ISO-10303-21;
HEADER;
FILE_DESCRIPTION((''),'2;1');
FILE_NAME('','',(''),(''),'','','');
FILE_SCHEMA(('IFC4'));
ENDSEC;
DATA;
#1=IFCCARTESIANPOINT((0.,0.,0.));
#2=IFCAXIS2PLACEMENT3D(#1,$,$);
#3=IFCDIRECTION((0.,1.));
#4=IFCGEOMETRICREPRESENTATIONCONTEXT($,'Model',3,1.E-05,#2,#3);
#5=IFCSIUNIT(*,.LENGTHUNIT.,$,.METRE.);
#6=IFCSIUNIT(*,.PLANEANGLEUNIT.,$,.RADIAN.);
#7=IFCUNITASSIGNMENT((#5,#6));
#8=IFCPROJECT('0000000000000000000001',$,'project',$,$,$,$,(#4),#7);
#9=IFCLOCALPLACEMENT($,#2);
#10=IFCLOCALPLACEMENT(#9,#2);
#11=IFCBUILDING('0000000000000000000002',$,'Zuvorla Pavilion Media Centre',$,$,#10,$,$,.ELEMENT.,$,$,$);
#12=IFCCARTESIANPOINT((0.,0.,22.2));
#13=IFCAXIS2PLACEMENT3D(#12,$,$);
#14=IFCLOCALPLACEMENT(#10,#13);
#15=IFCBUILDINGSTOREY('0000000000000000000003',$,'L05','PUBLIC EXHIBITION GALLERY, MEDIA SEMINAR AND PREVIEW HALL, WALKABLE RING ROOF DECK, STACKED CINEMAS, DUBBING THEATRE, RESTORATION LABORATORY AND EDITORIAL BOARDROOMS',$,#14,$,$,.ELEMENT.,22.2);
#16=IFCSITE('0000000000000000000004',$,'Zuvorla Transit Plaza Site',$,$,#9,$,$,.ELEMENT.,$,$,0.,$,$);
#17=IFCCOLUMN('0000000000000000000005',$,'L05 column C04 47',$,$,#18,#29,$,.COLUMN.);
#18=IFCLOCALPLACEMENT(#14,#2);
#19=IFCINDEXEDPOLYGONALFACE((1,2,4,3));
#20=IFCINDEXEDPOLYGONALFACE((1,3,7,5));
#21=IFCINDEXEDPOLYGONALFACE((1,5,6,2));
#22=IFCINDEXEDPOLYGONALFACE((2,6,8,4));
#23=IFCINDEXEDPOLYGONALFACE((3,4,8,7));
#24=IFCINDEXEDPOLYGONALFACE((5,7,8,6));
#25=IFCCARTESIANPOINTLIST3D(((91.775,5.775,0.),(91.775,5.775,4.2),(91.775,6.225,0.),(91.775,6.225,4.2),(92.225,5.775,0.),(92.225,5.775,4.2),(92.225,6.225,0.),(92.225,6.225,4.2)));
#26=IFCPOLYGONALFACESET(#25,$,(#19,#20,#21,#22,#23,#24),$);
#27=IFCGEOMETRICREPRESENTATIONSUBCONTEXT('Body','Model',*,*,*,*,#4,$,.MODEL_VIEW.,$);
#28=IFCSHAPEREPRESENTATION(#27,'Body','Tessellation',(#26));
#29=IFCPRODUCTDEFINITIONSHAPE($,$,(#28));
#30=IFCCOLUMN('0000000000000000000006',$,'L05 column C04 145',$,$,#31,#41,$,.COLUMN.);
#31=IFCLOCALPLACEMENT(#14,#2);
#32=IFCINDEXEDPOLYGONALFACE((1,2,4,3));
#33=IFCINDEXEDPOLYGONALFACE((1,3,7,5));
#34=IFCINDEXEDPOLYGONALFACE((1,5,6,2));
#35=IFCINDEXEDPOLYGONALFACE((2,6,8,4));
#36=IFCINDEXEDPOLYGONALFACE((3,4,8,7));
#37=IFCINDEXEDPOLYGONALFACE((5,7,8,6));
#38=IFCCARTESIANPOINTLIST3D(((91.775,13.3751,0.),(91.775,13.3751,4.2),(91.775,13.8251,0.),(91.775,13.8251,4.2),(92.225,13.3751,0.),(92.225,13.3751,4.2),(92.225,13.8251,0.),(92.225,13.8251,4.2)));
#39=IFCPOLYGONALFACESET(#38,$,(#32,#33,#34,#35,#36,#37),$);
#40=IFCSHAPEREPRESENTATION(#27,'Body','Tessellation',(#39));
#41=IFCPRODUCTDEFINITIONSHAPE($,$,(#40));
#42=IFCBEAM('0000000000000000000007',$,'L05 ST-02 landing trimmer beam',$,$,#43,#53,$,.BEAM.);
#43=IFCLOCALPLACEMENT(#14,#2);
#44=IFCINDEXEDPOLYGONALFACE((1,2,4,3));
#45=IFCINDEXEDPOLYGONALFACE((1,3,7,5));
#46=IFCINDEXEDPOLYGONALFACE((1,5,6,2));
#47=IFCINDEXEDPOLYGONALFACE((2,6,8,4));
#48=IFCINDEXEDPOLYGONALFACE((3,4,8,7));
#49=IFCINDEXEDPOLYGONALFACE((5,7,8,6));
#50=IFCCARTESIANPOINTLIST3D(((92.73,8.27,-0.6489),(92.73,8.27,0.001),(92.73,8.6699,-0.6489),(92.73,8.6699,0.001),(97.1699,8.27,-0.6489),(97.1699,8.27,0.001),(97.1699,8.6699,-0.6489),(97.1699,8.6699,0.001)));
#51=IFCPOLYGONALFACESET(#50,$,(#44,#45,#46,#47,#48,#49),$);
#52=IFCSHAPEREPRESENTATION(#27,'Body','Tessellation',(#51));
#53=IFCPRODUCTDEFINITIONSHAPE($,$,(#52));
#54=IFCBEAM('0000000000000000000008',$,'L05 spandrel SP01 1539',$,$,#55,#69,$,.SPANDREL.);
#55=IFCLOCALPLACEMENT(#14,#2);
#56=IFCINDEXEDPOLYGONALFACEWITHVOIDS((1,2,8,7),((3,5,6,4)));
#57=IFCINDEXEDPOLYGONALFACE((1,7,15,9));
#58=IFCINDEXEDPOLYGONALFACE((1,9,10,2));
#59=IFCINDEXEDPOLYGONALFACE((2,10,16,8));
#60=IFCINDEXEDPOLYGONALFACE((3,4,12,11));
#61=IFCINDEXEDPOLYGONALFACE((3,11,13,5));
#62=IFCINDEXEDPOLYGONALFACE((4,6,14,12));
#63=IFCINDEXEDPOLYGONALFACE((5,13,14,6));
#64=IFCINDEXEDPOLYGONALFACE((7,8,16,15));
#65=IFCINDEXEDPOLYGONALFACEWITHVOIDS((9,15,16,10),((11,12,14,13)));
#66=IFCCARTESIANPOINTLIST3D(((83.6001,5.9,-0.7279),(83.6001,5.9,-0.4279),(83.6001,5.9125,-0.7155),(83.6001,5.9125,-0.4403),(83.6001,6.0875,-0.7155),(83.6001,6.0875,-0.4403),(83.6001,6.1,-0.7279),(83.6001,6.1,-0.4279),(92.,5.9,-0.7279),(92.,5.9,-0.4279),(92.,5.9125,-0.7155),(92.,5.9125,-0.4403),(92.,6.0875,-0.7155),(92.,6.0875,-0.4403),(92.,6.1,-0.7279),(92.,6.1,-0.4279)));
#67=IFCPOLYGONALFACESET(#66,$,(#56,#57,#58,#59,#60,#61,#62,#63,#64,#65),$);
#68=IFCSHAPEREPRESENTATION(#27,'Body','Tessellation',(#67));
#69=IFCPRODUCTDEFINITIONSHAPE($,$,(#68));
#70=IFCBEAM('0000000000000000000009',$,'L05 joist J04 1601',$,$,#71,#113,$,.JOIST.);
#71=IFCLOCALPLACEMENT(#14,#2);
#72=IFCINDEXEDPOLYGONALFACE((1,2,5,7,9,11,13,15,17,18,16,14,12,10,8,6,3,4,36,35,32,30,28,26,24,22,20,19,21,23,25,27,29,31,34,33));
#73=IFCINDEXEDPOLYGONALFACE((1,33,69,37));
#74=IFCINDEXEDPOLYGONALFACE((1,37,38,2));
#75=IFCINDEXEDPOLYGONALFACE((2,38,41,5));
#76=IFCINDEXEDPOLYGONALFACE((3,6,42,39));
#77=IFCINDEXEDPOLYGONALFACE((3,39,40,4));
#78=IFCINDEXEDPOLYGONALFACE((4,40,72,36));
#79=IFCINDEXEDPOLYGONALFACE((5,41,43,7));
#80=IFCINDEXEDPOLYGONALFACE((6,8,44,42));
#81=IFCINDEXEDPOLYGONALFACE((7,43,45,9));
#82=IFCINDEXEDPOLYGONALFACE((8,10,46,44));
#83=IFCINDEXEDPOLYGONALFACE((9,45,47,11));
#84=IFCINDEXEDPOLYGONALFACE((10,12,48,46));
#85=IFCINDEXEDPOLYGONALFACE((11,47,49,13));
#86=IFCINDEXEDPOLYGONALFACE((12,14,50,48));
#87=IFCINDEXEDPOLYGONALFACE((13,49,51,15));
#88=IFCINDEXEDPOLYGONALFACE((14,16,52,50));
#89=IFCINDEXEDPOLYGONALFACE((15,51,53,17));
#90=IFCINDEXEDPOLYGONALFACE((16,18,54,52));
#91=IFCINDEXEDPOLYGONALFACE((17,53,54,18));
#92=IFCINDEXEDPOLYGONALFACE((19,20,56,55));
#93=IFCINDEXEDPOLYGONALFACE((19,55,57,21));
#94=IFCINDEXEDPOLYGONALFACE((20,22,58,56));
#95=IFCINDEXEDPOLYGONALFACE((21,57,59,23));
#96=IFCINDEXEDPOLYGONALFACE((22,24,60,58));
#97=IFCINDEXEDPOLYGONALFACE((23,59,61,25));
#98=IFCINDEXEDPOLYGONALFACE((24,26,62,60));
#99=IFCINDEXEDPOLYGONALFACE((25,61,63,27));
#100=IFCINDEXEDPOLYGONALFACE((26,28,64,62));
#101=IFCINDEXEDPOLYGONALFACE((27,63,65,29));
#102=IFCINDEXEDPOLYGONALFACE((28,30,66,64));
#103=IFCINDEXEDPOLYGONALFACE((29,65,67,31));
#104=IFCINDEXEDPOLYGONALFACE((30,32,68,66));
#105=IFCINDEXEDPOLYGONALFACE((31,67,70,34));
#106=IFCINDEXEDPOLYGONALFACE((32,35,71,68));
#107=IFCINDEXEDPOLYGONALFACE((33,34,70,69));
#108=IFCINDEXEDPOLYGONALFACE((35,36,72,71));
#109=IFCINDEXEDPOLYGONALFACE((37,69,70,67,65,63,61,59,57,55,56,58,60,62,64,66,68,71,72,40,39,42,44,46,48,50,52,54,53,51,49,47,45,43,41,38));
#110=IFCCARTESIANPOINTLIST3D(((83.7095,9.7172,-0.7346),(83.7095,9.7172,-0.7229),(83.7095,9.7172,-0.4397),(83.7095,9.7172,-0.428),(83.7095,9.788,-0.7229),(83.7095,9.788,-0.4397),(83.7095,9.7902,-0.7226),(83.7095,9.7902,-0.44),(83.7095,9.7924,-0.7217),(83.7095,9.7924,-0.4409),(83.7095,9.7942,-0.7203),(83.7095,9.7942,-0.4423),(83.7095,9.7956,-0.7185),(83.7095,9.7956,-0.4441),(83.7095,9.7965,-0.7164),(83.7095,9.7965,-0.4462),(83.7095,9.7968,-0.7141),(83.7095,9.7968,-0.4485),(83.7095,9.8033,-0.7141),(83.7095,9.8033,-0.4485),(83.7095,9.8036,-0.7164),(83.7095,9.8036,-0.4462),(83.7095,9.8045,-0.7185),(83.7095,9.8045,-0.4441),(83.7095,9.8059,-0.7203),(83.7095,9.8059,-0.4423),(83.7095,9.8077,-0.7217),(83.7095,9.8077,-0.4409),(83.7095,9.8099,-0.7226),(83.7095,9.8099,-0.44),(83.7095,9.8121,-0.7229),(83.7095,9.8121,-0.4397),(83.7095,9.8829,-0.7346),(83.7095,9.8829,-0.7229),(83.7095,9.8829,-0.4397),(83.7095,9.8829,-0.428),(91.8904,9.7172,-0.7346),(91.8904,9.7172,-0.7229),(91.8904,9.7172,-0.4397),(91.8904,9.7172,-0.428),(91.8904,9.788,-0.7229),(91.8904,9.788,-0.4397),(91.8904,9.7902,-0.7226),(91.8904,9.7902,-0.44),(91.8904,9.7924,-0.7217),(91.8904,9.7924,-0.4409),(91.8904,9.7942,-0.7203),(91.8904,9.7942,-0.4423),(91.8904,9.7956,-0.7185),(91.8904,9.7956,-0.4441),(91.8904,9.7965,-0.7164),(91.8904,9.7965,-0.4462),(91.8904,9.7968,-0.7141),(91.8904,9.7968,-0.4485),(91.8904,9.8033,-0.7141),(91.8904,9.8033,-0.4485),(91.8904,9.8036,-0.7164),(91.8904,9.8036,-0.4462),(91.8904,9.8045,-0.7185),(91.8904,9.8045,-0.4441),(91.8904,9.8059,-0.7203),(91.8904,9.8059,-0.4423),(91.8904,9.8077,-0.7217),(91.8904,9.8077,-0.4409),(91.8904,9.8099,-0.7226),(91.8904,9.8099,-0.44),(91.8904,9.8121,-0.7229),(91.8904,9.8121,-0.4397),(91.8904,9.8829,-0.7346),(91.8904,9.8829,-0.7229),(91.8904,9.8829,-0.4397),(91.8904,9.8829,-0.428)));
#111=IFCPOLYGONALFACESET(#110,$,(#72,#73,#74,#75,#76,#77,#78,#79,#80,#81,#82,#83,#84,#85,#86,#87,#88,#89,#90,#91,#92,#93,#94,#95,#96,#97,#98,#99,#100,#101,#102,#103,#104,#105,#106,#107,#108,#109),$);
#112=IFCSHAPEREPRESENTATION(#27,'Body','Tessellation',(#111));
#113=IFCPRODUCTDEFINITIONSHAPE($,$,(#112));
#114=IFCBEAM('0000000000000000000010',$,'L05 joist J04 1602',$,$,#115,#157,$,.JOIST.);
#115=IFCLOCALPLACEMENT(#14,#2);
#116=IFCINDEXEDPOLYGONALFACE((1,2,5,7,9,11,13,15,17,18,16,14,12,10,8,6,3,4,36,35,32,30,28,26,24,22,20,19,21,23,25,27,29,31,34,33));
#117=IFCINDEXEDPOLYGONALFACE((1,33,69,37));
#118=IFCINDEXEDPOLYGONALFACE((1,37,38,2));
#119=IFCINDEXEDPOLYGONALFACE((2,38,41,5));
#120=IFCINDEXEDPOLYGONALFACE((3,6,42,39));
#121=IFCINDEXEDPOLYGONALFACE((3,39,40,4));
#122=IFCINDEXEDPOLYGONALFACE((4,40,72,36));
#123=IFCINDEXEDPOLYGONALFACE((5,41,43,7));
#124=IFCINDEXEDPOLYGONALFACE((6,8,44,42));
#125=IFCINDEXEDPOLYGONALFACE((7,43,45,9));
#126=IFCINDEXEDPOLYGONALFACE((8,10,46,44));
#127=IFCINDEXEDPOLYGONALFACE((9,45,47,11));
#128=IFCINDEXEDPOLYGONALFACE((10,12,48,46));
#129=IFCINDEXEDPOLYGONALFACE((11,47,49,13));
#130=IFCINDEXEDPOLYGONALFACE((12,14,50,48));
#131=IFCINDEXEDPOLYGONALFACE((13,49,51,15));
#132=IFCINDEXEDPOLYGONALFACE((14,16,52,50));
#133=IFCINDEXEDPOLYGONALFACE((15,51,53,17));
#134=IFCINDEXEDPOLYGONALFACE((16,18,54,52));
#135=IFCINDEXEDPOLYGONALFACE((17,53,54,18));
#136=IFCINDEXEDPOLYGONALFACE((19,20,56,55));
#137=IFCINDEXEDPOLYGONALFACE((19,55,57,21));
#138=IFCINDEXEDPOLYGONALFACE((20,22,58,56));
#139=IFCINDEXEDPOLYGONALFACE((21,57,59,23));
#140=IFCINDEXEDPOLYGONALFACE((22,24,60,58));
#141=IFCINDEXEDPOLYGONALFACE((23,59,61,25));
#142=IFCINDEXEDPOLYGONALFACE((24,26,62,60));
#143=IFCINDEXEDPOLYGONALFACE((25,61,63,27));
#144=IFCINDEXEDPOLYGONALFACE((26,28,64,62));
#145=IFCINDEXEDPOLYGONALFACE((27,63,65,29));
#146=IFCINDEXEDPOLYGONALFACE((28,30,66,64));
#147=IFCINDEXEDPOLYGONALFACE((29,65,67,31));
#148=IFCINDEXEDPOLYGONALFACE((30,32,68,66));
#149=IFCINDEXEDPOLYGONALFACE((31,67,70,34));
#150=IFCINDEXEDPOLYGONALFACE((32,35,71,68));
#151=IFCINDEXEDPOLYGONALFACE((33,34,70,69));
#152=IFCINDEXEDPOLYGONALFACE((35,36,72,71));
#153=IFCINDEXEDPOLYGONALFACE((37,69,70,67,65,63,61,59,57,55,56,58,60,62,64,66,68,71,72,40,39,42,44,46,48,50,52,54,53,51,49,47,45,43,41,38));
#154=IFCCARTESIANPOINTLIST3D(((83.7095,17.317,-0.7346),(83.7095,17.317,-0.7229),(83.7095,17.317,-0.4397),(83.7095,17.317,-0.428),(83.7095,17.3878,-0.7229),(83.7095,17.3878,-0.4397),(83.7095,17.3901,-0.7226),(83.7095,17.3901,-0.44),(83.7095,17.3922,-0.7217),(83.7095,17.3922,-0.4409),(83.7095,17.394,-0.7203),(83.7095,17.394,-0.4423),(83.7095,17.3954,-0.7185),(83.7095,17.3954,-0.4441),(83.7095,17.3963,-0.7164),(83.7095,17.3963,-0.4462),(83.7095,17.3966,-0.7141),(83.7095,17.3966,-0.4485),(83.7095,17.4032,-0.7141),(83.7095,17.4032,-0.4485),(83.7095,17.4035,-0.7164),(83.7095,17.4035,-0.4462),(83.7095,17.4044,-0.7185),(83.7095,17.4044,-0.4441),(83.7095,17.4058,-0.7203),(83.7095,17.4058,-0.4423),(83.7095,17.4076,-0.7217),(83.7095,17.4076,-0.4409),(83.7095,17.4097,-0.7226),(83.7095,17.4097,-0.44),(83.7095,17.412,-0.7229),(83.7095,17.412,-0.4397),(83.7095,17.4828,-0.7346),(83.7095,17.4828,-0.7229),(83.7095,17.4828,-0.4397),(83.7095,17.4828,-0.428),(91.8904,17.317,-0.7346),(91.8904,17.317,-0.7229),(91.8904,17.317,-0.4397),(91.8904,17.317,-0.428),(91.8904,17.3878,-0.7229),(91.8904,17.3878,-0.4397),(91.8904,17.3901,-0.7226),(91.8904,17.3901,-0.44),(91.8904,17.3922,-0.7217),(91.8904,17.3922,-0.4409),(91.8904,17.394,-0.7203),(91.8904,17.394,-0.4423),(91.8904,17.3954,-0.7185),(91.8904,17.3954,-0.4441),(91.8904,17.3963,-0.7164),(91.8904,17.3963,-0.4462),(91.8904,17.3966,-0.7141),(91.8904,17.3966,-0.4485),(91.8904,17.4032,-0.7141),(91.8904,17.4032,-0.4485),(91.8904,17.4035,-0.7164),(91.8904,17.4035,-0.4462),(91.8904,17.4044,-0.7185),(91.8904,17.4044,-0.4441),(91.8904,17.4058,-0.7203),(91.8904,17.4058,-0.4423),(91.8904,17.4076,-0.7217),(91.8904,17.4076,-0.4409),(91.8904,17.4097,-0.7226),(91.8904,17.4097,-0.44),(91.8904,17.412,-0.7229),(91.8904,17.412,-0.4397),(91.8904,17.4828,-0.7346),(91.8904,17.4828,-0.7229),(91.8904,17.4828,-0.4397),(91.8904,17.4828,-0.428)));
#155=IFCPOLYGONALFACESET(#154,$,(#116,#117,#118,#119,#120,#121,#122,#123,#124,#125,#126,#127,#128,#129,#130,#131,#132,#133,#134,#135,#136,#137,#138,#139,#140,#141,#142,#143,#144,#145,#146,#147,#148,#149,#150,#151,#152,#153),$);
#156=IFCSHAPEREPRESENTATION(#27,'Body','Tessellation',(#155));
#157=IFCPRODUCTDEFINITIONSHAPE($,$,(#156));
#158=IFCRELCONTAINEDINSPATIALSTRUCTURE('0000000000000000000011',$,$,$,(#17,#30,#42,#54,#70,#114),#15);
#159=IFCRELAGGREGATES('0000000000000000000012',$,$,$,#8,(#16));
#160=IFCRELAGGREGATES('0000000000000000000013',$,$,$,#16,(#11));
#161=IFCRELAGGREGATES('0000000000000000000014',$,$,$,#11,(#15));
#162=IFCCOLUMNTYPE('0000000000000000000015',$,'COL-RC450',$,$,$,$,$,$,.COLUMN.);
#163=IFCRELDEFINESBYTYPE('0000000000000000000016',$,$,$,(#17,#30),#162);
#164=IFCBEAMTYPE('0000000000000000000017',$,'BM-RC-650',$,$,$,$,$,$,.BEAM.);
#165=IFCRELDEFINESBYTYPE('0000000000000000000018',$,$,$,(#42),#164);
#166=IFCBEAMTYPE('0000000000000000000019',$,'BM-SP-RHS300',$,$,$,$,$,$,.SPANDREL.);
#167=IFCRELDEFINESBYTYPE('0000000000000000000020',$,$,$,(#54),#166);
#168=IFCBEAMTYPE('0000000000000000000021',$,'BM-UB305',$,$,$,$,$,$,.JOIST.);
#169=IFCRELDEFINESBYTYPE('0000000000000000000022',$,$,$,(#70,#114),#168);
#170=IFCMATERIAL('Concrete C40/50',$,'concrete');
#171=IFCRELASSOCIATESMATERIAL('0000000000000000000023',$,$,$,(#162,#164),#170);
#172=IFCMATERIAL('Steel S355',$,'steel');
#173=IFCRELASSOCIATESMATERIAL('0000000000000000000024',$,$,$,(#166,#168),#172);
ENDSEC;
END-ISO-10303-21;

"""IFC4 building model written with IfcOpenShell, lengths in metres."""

from ifc_helpers import new_model, si_unit, direction, frame, origin, origin_2d, place, context, subcontext, project, spatial, rectangle, hollow_rectangle, i_section, extrude, material, material_profile, profile_set, type_object, element, save


model = new_model("IFC4")

# Units and contexts
model_context = context("Model", 3, precision=1e-05, world=origin(), true_north=direction((0.0, 1.0)))
body_context = subcontext(model_context, "Body", "Model", "MODEL_VIEW")
ifc_project = project(units=[si_unit("LENGTHUNIT", "METRE"), si_unit("PLANEANGLEUNIT", "RADIAN")], contexts=[model_context])

# Site, building, storey
site_placement = place(None, origin())
site = spatial("IfcSite", under=ifc_project, at=site_placement, Name="Zuvorla Transit Plaza Site", CompositionType="ELEMENT", RefElevation=0.0)
building_placement = place(site_placement, origin())
building = spatial("IfcBuilding", under=site, at=building_placement, Name="Zuvorla Pavilion Media Centre", CompositionType="ELEMENT")
storey_placement = place(building_placement, frame((0.0, 0.0, 22.2)))
storey = spatial("IfcBuildingStorey", under=building, at=storey_placement, Name="L05", Description="PUBLIC EXHIBITION GALLERY, MEDIA SEMINAR AND PREVIEW HALL, WALKABLE RING ROOF DECK, STACKED CINEMAS, DUBBING THEATRE, RESTORATION LABORATORY AND EDITORIAL BOARDROOMS", CompositionType="ELEMENT", Elevation=22.2)

# Columns
ifc_material_1 = material(Name="Concrete C40/50", Category="concrete")
ifc_material_profile_1 = material_profile(ifc_material_1, rectangle(XDim=0.45, YDim=0.45, at=origin_2d()), Name="RC 450x450")
ifc_profile_set_1 = profile_set([ifc_material_profile_1], Name="Concrete C40/50")
column_type = type_object("IfcColumnType", Name="COL-RC450", PredefinedType="COLUMN", material=ifc_profile_set_1)
for number, where, z_axis, x_axis, name in (
    (1, (92.0, 6.0, 0.0), (0.0, 0.0, 1.0), (1.0, 0.0, 0.0), "L05 column C04 47"),
    (2, (92.0, 13.6001, 0.0), (0.0, 0.0, 1.0), (1.0, 0.0, 0.0), "L05 column C04 145"),
):
    element("IfcColumn", number, at=place(storey_placement, frame(where, z_axis=z_axis, x_axis=x_axis)), inside=storey, type_object=column_type, Name=name, PredefinedType="COLUMN", context=body_context, shape_type="SweptSolid", body=[
        extrude(rectangle(XDim=0.45, YDim=0.45, at=origin_2d()), origin(), (0.0, 0.0, 1.0), 4.2),
    ])

# Beams
ifc_material_profile_2 = material_profile(ifc_material_1, rectangle(XDim=0.3999, YDim=0.6499, at=origin_2d()), Name="RC 400x650")
ifc_profile_set_2 = profile_set([ifc_material_profile_2], Name="Concrete C40/50")
beam_type_1 = type_object("IfcBeamType", Name="BM-RC-650", PredefinedType="BEAM", material=ifc_profile_set_2)
beam_1_placement = place(storey_placement, frame((92.73, 8.47, -0.324), z_axis=(1.0, 0.0, 0.0), x_axis=(0.0, 1.0, 0.0)))
element("IfcBeam", 3, at=beam_1_placement, inside=storey, type_object=beam_type_1, Name="L05 ST-02 landing trimmer beam", PredefinedType="BEAM", context=body_context, shape_type="SweptSolid", body=[
    extrude(rectangle(XDim=0.3999, YDim=0.6499, at=origin_2d()), origin(), (0.0, 0.0, 1.0), 4.4399),
])
ifc_material_2 = material(Name="Steel S355", Category="steel")
ifc_material_profile_3 = material_profile(ifc_material_2, hollow_rectangle(XDim=0.2, YDim=0.3, WallThickness=0.0125, at=origin_2d()), Name="RHS 300x200x12.5")
ifc_profile_set_3 = profile_set([ifc_material_profile_3], Name="Steel S355")
beam_type_2 = type_object("IfcBeamType", Name="BM-SP-RHS300", PredefinedType="SPANDREL", material=ifc_profile_set_3)
beam_2_placement = place(storey_placement, frame((83.6001, 6.0, -0.5779), z_axis=(1.0, 0.0, 0.0), x_axis=(0.0, 1.0, 0.0)))
element("IfcBeam", 4, at=beam_2_placement, inside=storey, type_object=beam_type_2, Name="L05 spandrel SP01 1539", PredefinedType="SPANDREL", context=body_context, shape_type="SweptSolid", body=[
    extrude(hollow_rectangle(XDim=0.2, YDim=0.3, WallThickness=0.0125, at=origin_2d()), origin(), (0.0, 0.0, 1.0), 8.3999),
])
ifc_material_profile_4 = material_profile(ifc_material_2, i_section(OverallWidth=0.1658, OverallDepth=0.3066, WebThickness=0.0066, FlangeThickness=0.0117, FilletRadius=0.0088, at=origin_2d()), Name="UB 305x165x46")
ifc_profile_set_4 = profile_set([ifc_material_profile_4], Name="Steel S355")
beam_type_3 = type_object("IfcBeamType", Name="BM-UB305", PredefinedType="JOIST", material=ifc_profile_set_4)
for number, where, z_axis, x_axis, name in (
    (5, (83.7095, 9.8, -0.5813), (1.0, 0.0, 0.0), (0.0, 1.0, 0.0), "L05 joist J04 1601"),
    (6, (83.7095, 17.3999, -0.5813), (1.0, 0.0, 0.0), (0.0, 1.0, 0.0), "L05 joist J04 1602"),
):
    element("IfcBeam", number, at=place(storey_placement, frame(where, z_axis=z_axis, x_axis=x_axis)), inside=storey, type_object=beam_type_3, Name=name, PredefinedType="JOIST", context=body_context, shape_type="SweptSolid", body=[
        extrude(i_section(OverallWidth=0.1658, OverallDepth=0.3066, WebThickness=0.0066, FlangeThickness=0.0117, FilletRadius=0.0088, at=origin_2d()), origin(), (0.0, 0.0, 1.0), 8.1809),
    ])

save(model, "model.ifc")
